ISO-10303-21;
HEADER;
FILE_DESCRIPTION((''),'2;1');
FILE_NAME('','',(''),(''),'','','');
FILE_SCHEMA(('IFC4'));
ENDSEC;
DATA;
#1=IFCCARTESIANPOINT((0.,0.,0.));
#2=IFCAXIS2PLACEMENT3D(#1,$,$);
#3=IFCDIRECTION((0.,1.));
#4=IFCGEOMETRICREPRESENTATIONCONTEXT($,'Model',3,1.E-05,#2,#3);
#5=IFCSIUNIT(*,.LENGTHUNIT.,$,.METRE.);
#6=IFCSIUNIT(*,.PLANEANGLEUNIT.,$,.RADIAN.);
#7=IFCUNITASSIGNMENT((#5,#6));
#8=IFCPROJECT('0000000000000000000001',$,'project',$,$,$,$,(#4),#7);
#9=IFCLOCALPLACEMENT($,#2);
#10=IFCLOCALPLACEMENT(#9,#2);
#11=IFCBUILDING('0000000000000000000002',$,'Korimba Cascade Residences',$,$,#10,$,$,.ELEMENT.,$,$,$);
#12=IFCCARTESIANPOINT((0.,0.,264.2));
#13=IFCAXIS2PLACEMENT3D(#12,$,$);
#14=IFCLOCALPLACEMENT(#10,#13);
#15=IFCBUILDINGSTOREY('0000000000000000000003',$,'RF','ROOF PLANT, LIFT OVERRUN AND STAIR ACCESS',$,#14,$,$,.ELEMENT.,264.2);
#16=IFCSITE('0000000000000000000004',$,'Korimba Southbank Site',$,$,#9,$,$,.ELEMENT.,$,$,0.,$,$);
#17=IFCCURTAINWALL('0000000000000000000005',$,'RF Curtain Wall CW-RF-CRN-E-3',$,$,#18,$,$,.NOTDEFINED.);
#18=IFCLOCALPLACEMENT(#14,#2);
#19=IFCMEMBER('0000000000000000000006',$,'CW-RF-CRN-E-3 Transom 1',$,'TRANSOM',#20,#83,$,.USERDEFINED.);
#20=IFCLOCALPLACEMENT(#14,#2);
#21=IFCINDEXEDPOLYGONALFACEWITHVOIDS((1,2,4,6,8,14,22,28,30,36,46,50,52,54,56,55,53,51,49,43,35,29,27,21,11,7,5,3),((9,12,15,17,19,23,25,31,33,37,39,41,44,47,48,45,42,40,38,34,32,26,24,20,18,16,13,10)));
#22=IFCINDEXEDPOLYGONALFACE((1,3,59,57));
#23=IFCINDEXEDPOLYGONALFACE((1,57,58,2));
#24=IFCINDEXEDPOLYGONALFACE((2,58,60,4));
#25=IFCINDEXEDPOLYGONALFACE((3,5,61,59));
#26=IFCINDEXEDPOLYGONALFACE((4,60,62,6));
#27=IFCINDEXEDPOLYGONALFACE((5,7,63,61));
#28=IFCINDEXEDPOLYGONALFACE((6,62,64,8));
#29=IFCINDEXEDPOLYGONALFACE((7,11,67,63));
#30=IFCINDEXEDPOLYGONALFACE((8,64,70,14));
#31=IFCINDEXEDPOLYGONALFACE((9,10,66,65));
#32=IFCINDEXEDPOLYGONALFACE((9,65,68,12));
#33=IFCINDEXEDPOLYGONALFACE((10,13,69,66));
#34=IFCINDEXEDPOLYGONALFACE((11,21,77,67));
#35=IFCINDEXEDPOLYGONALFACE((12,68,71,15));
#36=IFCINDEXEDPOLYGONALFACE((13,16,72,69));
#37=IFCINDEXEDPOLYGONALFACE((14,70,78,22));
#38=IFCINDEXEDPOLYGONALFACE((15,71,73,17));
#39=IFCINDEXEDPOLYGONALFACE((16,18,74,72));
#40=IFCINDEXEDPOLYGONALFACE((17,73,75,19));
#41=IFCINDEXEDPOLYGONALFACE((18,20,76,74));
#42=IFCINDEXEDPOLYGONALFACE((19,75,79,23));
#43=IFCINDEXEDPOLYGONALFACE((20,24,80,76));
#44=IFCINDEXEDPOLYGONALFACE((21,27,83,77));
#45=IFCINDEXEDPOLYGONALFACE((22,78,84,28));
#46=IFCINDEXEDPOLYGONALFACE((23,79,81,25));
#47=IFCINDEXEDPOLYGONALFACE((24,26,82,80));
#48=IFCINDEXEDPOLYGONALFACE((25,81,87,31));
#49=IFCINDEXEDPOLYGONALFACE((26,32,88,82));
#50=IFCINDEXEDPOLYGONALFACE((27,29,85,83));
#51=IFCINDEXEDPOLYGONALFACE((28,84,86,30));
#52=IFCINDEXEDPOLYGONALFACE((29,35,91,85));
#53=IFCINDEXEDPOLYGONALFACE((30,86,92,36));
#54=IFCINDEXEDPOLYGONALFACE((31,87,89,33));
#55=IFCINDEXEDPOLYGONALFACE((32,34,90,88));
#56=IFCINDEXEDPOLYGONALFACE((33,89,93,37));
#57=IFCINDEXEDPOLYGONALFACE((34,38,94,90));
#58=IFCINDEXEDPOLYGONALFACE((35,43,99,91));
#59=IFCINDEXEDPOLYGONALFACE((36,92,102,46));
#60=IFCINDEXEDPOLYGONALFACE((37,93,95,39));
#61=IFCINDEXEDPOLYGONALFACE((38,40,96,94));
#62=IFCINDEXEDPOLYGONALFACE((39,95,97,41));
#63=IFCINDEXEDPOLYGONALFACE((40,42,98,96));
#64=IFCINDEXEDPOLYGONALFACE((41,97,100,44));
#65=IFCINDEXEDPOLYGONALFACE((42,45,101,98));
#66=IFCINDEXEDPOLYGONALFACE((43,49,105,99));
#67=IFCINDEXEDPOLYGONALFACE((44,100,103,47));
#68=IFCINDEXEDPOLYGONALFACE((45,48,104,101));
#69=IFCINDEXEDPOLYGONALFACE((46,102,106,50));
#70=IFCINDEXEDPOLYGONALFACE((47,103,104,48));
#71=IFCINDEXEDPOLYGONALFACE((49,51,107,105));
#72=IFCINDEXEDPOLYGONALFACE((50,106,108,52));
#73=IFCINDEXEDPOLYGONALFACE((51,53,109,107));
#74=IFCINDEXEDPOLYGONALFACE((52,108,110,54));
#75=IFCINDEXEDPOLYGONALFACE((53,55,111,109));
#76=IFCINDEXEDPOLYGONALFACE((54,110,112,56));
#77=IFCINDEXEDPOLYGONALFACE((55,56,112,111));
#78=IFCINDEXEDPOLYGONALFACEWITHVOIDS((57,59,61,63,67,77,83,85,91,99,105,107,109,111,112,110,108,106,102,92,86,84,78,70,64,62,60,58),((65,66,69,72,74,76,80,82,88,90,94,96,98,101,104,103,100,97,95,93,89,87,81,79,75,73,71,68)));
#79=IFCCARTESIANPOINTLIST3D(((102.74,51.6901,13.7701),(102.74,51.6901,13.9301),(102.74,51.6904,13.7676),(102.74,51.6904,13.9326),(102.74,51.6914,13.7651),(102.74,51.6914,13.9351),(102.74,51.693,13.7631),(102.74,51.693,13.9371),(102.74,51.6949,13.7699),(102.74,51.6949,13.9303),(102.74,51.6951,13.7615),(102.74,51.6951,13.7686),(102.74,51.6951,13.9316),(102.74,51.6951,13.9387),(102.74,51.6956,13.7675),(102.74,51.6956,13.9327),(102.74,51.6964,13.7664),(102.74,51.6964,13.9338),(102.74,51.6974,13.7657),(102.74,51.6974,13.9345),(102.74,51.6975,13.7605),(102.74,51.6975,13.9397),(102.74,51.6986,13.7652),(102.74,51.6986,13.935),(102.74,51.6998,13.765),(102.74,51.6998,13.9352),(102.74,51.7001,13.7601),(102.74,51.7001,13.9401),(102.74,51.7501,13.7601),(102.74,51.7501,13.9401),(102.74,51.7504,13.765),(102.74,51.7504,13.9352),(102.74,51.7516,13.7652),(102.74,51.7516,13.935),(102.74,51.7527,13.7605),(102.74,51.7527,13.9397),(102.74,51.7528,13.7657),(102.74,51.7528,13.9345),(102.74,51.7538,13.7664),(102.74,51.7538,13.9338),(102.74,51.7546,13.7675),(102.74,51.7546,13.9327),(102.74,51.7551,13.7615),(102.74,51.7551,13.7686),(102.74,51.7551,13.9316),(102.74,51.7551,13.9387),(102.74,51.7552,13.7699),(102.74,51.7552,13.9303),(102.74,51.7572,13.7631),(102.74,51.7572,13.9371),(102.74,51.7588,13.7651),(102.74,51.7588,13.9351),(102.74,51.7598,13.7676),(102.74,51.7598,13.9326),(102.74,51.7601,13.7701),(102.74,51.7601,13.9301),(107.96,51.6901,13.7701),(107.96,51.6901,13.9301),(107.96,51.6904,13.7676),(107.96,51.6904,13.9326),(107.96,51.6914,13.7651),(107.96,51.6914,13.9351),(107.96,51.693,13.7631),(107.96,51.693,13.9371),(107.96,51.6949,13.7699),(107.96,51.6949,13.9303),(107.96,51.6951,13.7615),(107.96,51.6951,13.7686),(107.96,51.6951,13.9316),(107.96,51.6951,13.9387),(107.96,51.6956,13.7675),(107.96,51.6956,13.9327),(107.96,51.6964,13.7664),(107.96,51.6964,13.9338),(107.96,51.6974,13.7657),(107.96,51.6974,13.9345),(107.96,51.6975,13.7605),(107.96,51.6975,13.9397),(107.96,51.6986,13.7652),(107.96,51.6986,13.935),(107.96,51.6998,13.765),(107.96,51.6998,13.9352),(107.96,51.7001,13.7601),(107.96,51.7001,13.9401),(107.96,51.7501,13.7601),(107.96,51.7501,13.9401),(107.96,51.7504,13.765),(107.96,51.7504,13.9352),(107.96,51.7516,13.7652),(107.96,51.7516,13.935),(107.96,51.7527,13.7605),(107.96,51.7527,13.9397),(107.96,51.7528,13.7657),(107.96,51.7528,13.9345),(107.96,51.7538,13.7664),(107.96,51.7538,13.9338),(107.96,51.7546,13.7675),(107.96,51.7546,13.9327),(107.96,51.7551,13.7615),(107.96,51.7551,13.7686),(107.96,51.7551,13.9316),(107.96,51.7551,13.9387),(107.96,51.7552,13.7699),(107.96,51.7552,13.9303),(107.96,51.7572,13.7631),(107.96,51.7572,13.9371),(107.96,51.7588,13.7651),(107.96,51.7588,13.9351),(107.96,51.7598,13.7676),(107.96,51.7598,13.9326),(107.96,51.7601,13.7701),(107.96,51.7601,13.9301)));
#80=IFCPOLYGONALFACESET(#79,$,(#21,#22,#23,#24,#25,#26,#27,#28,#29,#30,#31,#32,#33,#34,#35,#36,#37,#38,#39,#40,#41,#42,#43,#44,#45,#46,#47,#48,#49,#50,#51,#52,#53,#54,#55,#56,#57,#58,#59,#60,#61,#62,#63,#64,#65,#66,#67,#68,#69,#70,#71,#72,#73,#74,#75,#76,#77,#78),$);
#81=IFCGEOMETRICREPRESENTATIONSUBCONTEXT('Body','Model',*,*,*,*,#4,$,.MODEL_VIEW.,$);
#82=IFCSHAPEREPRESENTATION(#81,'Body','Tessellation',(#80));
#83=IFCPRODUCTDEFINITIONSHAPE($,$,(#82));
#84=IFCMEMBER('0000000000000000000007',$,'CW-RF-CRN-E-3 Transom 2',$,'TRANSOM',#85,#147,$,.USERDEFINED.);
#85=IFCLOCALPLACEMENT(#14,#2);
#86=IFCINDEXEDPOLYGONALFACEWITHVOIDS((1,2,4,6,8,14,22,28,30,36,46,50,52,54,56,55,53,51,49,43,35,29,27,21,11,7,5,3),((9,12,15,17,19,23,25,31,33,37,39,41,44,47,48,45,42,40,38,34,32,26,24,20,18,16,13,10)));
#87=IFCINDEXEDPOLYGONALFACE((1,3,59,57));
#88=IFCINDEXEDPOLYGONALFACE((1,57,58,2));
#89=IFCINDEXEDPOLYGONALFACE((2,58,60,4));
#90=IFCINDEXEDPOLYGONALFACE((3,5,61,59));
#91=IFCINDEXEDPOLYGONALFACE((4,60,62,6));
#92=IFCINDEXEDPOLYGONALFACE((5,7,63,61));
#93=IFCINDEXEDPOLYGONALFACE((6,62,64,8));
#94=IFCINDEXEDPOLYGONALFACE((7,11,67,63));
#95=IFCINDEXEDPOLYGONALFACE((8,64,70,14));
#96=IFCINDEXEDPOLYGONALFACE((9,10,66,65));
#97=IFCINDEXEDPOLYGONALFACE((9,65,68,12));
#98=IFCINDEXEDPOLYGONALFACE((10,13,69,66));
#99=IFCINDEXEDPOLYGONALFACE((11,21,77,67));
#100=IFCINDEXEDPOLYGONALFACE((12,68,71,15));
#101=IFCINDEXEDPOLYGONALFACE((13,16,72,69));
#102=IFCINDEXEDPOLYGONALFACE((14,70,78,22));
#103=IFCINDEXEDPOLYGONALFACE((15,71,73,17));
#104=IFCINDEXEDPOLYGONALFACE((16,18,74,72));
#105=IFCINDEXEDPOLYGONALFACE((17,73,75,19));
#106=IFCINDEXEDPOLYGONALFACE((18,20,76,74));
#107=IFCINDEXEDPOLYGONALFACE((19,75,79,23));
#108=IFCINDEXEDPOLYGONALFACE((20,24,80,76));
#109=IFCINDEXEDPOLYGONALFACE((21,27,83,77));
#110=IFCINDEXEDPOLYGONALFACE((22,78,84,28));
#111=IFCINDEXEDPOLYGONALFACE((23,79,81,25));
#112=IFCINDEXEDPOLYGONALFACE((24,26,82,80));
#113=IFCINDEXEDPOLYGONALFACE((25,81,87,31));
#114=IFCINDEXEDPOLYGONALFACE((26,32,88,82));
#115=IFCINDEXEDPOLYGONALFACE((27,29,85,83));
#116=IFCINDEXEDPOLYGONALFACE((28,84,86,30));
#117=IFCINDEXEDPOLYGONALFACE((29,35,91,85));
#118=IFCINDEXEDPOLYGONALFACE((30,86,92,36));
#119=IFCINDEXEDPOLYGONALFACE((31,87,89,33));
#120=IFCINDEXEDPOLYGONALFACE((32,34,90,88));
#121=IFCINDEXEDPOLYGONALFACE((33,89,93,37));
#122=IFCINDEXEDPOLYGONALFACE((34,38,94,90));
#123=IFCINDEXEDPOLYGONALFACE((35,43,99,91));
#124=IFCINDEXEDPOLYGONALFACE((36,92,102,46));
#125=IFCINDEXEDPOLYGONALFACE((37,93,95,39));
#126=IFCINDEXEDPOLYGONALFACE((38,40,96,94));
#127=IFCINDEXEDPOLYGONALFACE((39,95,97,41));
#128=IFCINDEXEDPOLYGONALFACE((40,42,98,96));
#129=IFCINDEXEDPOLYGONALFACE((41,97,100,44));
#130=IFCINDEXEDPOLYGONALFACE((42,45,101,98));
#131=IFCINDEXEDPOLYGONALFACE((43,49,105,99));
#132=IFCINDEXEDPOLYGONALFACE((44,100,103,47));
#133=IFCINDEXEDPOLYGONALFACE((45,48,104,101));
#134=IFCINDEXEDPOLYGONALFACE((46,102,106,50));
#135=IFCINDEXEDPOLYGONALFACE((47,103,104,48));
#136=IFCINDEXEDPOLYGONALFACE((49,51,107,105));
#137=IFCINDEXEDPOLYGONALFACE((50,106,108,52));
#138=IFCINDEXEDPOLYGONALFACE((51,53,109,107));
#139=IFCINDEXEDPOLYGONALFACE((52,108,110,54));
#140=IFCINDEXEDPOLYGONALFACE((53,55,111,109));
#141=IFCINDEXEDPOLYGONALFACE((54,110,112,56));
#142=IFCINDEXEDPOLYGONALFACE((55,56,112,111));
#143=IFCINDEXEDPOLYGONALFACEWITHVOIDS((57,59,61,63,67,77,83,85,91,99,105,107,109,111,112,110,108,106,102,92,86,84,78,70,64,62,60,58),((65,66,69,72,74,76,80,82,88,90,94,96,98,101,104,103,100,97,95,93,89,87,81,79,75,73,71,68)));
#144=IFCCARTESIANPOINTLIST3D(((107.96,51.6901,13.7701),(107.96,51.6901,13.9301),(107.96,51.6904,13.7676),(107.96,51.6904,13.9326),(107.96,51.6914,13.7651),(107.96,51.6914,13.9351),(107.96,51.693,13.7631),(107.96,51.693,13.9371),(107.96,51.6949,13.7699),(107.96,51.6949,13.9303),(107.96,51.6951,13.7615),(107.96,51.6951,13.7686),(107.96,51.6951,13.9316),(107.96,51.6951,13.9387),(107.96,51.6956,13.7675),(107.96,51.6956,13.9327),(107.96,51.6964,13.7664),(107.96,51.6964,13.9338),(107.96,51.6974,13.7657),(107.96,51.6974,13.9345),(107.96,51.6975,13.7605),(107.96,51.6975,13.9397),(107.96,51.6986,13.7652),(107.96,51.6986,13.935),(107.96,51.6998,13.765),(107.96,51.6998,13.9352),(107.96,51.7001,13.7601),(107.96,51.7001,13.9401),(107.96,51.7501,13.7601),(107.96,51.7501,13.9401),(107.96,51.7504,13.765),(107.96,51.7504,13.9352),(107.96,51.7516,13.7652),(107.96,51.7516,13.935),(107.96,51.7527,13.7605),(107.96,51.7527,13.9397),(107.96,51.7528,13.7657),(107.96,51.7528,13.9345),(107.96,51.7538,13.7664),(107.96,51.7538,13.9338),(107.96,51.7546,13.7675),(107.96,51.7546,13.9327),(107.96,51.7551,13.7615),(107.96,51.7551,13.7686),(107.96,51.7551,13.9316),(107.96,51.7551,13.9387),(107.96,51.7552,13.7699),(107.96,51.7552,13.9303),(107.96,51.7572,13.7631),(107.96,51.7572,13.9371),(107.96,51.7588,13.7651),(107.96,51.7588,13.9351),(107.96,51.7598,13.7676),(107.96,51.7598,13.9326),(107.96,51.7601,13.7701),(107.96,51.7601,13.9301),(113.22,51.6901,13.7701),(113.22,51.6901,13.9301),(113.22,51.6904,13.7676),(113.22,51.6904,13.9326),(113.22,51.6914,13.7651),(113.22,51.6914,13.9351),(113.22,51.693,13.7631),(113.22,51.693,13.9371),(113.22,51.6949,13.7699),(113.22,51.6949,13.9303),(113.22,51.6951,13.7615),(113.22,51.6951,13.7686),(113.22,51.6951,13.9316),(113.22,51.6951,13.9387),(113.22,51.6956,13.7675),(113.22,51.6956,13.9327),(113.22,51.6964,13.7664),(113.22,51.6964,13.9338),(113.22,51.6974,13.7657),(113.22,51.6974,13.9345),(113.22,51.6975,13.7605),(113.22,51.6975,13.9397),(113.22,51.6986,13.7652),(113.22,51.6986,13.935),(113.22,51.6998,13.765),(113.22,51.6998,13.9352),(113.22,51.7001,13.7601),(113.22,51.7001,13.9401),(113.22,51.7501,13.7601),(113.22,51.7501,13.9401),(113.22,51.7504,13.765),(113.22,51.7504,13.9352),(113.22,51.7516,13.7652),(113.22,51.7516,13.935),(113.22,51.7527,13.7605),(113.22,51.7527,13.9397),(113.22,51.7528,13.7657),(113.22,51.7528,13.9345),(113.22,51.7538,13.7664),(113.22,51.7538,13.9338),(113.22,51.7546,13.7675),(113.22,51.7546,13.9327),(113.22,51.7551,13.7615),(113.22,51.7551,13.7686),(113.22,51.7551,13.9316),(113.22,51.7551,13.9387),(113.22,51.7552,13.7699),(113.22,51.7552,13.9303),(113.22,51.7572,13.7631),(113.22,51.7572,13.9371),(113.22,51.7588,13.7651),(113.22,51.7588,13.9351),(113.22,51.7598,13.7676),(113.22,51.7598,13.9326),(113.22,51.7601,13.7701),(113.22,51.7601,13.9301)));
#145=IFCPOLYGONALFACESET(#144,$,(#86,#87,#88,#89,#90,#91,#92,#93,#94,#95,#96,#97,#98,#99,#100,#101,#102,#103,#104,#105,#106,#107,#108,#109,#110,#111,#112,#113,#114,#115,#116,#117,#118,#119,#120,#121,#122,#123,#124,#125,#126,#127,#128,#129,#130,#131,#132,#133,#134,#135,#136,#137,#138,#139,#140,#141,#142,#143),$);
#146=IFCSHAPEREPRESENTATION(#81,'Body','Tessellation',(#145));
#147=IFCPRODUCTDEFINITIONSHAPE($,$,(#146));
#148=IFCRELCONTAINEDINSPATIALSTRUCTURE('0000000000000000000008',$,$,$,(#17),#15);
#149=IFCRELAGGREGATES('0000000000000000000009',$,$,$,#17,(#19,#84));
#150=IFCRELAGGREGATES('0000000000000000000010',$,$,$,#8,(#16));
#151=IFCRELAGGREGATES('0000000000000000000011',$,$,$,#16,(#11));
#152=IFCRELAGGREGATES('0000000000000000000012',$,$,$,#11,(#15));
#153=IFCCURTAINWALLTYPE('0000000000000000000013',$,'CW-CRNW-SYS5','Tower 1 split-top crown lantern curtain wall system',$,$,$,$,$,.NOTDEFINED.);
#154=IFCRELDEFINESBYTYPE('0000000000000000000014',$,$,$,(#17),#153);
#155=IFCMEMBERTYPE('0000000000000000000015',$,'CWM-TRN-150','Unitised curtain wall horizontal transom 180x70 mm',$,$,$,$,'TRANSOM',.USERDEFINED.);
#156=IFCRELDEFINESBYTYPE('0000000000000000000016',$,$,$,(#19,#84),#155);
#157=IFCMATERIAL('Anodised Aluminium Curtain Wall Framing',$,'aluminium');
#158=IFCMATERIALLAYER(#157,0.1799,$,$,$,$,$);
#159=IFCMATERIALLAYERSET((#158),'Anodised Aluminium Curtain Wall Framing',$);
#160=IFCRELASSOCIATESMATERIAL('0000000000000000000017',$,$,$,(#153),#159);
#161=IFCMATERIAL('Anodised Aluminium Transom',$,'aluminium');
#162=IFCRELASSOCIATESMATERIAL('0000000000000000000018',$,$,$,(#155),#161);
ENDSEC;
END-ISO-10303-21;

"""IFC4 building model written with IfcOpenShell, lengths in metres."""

from ifc_helpers import new_model, si_unit, direction, frame, origin, origin_2d, place, context, subcontext, project, spatial, hollow_rectangle, extrude, material, layer, layer_set, material_profile, profile_set, type_object, element, aggregate, save


model = new_model("IFC4")

# Units and contexts
model_context = context("Model", 3, precision=1e-05, world=origin(), true_north=direction((0.0, 1.0)))
body_context = subcontext(model_context, "Body", "Model", "MODEL_VIEW")
ifc_project = project(units=[si_unit("LENGTHUNIT", "METRE"), si_unit("PLANEANGLEUNIT", "RADIAN")], contexts=[model_context])

# Site, building, storey
site_placement = place(None, origin())
site = spatial("IfcSite", under=ifc_project, at=site_placement, Name="Korimba Southbank Site", CompositionType="ELEMENT", RefElevation=0.0)
building_placement = place(site_placement, origin())
building = spatial("IfcBuilding", under=site, at=building_placement, Name="Korimba Cascade Residences", CompositionType="ELEMENT")
storey_placement = place(building_placement, frame((0.0, 0.0, 264.2)))
storey = spatial("IfcBuildingStorey", under=building, at=storey_placement, Name="RF", Description="ROOF PLANT, LIFT OVERRUN AND STAIR ACCESS", CompositionType="ELEMENT", Elevation=264.2)

# Curtain wall, members
ifc_material_1 = material(Name="Anodised Aluminium Curtain Wall Framing", Category="aluminium")
ifc_layer_1 = layer(ifc_material_1, 0.1799)
ifc_layer_set_1 = layer_set([ifc_layer_1], Name="Anodised Aluminium Curtain Wall Framing")
curtain_wall_type = type_object("IfcCurtainWallType", Name="CW-CRNW-SYS5", Description="Tower 1 split-top crown lantern curtain wall system", PredefinedType="NOTDEFINED", material=ifc_layer_set_1)
curtain_wall_placement = place(storey_placement, origin())
curtain_wall = element("IfcCurtainWall", 1, at=curtain_wall_placement, inside=storey, type_object=curtain_wall_type, Name="RF Curtain Wall CW-RF-CRN-E-3", PredefinedType="NOTDEFINED")
ifc_material_2 = material(Name="Anodised Aluminium Transom", Category="aluminium")
ifc_material_profile_1 = material_profile(ifc_material_2, hollow_rectangle(XDim=0.0701, YDim=0.1799, WallThickness=0.0049, InnerFilletRadius=0.0049, OuterFilletRadius=0.01, at=origin_2d()), Name="Anodised Aluminium Transom")
ifc_profile_set_1 = profile_set([ifc_material_profile_1], Name="Anodised Aluminium Transom")
member_type_1 = type_object("IfcMemberType", Name="CWM-TRN-150", Description="Unitised curtain wall horizontal transom 180x70 mm", ElementType="TRANSOM", PredefinedType="USERDEFINED", material=ifc_profile_set_1)
member_1_placement = place(storey_placement, frame((102.74, 51.7251, 13.8501), z_axis=(1.0, 0.0, 0.0), x_axis=(0.0, 1.0, 0.0)))
member_1 = element("IfcMember", 2, at=member_1_placement, type_object=member_type_1, Name="CW-RF-CRN-E-3 Transom 1", ObjectType="TRANSOM", PredefinedType="USERDEFINED", context=body_context, shape_type="SweptSolid", body=[
    extrude(hollow_rectangle(XDim=0.0701, YDim=0.1799, WallThickness=0.0049, InnerFilletRadius=0.0049, OuterFilletRadius=0.01, at=origin_2d()), origin(), (0.0, 0.0, 1.0), 5.22),
])
member_2_placement = place(storey_placement, frame((107.96, 51.7251, 13.8501), z_axis=(1.0, 0.0, 0.0), x_axis=(0.0, 1.0, 0.0)))
member_2 = element("IfcMember", 3, at=member_2_placement, type_object=member_type_1, Name="CW-RF-CRN-E-3 Transom 2", ObjectType="TRANSOM", PredefinedType="USERDEFINED", context=body_context, shape_type="SweptSolid", body=[
    extrude(hollow_rectangle(XDim=0.0701, YDim=0.1799, WallThickness=0.0049, InnerFilletRadius=0.0049, OuterFilletRadius=0.01, at=origin_2d()), origin(), (0.0, 0.0, 1.0), 5.26),
])
aggregate(curtain_wall, [member_1, member_2])

save(model, "model.ifc")
